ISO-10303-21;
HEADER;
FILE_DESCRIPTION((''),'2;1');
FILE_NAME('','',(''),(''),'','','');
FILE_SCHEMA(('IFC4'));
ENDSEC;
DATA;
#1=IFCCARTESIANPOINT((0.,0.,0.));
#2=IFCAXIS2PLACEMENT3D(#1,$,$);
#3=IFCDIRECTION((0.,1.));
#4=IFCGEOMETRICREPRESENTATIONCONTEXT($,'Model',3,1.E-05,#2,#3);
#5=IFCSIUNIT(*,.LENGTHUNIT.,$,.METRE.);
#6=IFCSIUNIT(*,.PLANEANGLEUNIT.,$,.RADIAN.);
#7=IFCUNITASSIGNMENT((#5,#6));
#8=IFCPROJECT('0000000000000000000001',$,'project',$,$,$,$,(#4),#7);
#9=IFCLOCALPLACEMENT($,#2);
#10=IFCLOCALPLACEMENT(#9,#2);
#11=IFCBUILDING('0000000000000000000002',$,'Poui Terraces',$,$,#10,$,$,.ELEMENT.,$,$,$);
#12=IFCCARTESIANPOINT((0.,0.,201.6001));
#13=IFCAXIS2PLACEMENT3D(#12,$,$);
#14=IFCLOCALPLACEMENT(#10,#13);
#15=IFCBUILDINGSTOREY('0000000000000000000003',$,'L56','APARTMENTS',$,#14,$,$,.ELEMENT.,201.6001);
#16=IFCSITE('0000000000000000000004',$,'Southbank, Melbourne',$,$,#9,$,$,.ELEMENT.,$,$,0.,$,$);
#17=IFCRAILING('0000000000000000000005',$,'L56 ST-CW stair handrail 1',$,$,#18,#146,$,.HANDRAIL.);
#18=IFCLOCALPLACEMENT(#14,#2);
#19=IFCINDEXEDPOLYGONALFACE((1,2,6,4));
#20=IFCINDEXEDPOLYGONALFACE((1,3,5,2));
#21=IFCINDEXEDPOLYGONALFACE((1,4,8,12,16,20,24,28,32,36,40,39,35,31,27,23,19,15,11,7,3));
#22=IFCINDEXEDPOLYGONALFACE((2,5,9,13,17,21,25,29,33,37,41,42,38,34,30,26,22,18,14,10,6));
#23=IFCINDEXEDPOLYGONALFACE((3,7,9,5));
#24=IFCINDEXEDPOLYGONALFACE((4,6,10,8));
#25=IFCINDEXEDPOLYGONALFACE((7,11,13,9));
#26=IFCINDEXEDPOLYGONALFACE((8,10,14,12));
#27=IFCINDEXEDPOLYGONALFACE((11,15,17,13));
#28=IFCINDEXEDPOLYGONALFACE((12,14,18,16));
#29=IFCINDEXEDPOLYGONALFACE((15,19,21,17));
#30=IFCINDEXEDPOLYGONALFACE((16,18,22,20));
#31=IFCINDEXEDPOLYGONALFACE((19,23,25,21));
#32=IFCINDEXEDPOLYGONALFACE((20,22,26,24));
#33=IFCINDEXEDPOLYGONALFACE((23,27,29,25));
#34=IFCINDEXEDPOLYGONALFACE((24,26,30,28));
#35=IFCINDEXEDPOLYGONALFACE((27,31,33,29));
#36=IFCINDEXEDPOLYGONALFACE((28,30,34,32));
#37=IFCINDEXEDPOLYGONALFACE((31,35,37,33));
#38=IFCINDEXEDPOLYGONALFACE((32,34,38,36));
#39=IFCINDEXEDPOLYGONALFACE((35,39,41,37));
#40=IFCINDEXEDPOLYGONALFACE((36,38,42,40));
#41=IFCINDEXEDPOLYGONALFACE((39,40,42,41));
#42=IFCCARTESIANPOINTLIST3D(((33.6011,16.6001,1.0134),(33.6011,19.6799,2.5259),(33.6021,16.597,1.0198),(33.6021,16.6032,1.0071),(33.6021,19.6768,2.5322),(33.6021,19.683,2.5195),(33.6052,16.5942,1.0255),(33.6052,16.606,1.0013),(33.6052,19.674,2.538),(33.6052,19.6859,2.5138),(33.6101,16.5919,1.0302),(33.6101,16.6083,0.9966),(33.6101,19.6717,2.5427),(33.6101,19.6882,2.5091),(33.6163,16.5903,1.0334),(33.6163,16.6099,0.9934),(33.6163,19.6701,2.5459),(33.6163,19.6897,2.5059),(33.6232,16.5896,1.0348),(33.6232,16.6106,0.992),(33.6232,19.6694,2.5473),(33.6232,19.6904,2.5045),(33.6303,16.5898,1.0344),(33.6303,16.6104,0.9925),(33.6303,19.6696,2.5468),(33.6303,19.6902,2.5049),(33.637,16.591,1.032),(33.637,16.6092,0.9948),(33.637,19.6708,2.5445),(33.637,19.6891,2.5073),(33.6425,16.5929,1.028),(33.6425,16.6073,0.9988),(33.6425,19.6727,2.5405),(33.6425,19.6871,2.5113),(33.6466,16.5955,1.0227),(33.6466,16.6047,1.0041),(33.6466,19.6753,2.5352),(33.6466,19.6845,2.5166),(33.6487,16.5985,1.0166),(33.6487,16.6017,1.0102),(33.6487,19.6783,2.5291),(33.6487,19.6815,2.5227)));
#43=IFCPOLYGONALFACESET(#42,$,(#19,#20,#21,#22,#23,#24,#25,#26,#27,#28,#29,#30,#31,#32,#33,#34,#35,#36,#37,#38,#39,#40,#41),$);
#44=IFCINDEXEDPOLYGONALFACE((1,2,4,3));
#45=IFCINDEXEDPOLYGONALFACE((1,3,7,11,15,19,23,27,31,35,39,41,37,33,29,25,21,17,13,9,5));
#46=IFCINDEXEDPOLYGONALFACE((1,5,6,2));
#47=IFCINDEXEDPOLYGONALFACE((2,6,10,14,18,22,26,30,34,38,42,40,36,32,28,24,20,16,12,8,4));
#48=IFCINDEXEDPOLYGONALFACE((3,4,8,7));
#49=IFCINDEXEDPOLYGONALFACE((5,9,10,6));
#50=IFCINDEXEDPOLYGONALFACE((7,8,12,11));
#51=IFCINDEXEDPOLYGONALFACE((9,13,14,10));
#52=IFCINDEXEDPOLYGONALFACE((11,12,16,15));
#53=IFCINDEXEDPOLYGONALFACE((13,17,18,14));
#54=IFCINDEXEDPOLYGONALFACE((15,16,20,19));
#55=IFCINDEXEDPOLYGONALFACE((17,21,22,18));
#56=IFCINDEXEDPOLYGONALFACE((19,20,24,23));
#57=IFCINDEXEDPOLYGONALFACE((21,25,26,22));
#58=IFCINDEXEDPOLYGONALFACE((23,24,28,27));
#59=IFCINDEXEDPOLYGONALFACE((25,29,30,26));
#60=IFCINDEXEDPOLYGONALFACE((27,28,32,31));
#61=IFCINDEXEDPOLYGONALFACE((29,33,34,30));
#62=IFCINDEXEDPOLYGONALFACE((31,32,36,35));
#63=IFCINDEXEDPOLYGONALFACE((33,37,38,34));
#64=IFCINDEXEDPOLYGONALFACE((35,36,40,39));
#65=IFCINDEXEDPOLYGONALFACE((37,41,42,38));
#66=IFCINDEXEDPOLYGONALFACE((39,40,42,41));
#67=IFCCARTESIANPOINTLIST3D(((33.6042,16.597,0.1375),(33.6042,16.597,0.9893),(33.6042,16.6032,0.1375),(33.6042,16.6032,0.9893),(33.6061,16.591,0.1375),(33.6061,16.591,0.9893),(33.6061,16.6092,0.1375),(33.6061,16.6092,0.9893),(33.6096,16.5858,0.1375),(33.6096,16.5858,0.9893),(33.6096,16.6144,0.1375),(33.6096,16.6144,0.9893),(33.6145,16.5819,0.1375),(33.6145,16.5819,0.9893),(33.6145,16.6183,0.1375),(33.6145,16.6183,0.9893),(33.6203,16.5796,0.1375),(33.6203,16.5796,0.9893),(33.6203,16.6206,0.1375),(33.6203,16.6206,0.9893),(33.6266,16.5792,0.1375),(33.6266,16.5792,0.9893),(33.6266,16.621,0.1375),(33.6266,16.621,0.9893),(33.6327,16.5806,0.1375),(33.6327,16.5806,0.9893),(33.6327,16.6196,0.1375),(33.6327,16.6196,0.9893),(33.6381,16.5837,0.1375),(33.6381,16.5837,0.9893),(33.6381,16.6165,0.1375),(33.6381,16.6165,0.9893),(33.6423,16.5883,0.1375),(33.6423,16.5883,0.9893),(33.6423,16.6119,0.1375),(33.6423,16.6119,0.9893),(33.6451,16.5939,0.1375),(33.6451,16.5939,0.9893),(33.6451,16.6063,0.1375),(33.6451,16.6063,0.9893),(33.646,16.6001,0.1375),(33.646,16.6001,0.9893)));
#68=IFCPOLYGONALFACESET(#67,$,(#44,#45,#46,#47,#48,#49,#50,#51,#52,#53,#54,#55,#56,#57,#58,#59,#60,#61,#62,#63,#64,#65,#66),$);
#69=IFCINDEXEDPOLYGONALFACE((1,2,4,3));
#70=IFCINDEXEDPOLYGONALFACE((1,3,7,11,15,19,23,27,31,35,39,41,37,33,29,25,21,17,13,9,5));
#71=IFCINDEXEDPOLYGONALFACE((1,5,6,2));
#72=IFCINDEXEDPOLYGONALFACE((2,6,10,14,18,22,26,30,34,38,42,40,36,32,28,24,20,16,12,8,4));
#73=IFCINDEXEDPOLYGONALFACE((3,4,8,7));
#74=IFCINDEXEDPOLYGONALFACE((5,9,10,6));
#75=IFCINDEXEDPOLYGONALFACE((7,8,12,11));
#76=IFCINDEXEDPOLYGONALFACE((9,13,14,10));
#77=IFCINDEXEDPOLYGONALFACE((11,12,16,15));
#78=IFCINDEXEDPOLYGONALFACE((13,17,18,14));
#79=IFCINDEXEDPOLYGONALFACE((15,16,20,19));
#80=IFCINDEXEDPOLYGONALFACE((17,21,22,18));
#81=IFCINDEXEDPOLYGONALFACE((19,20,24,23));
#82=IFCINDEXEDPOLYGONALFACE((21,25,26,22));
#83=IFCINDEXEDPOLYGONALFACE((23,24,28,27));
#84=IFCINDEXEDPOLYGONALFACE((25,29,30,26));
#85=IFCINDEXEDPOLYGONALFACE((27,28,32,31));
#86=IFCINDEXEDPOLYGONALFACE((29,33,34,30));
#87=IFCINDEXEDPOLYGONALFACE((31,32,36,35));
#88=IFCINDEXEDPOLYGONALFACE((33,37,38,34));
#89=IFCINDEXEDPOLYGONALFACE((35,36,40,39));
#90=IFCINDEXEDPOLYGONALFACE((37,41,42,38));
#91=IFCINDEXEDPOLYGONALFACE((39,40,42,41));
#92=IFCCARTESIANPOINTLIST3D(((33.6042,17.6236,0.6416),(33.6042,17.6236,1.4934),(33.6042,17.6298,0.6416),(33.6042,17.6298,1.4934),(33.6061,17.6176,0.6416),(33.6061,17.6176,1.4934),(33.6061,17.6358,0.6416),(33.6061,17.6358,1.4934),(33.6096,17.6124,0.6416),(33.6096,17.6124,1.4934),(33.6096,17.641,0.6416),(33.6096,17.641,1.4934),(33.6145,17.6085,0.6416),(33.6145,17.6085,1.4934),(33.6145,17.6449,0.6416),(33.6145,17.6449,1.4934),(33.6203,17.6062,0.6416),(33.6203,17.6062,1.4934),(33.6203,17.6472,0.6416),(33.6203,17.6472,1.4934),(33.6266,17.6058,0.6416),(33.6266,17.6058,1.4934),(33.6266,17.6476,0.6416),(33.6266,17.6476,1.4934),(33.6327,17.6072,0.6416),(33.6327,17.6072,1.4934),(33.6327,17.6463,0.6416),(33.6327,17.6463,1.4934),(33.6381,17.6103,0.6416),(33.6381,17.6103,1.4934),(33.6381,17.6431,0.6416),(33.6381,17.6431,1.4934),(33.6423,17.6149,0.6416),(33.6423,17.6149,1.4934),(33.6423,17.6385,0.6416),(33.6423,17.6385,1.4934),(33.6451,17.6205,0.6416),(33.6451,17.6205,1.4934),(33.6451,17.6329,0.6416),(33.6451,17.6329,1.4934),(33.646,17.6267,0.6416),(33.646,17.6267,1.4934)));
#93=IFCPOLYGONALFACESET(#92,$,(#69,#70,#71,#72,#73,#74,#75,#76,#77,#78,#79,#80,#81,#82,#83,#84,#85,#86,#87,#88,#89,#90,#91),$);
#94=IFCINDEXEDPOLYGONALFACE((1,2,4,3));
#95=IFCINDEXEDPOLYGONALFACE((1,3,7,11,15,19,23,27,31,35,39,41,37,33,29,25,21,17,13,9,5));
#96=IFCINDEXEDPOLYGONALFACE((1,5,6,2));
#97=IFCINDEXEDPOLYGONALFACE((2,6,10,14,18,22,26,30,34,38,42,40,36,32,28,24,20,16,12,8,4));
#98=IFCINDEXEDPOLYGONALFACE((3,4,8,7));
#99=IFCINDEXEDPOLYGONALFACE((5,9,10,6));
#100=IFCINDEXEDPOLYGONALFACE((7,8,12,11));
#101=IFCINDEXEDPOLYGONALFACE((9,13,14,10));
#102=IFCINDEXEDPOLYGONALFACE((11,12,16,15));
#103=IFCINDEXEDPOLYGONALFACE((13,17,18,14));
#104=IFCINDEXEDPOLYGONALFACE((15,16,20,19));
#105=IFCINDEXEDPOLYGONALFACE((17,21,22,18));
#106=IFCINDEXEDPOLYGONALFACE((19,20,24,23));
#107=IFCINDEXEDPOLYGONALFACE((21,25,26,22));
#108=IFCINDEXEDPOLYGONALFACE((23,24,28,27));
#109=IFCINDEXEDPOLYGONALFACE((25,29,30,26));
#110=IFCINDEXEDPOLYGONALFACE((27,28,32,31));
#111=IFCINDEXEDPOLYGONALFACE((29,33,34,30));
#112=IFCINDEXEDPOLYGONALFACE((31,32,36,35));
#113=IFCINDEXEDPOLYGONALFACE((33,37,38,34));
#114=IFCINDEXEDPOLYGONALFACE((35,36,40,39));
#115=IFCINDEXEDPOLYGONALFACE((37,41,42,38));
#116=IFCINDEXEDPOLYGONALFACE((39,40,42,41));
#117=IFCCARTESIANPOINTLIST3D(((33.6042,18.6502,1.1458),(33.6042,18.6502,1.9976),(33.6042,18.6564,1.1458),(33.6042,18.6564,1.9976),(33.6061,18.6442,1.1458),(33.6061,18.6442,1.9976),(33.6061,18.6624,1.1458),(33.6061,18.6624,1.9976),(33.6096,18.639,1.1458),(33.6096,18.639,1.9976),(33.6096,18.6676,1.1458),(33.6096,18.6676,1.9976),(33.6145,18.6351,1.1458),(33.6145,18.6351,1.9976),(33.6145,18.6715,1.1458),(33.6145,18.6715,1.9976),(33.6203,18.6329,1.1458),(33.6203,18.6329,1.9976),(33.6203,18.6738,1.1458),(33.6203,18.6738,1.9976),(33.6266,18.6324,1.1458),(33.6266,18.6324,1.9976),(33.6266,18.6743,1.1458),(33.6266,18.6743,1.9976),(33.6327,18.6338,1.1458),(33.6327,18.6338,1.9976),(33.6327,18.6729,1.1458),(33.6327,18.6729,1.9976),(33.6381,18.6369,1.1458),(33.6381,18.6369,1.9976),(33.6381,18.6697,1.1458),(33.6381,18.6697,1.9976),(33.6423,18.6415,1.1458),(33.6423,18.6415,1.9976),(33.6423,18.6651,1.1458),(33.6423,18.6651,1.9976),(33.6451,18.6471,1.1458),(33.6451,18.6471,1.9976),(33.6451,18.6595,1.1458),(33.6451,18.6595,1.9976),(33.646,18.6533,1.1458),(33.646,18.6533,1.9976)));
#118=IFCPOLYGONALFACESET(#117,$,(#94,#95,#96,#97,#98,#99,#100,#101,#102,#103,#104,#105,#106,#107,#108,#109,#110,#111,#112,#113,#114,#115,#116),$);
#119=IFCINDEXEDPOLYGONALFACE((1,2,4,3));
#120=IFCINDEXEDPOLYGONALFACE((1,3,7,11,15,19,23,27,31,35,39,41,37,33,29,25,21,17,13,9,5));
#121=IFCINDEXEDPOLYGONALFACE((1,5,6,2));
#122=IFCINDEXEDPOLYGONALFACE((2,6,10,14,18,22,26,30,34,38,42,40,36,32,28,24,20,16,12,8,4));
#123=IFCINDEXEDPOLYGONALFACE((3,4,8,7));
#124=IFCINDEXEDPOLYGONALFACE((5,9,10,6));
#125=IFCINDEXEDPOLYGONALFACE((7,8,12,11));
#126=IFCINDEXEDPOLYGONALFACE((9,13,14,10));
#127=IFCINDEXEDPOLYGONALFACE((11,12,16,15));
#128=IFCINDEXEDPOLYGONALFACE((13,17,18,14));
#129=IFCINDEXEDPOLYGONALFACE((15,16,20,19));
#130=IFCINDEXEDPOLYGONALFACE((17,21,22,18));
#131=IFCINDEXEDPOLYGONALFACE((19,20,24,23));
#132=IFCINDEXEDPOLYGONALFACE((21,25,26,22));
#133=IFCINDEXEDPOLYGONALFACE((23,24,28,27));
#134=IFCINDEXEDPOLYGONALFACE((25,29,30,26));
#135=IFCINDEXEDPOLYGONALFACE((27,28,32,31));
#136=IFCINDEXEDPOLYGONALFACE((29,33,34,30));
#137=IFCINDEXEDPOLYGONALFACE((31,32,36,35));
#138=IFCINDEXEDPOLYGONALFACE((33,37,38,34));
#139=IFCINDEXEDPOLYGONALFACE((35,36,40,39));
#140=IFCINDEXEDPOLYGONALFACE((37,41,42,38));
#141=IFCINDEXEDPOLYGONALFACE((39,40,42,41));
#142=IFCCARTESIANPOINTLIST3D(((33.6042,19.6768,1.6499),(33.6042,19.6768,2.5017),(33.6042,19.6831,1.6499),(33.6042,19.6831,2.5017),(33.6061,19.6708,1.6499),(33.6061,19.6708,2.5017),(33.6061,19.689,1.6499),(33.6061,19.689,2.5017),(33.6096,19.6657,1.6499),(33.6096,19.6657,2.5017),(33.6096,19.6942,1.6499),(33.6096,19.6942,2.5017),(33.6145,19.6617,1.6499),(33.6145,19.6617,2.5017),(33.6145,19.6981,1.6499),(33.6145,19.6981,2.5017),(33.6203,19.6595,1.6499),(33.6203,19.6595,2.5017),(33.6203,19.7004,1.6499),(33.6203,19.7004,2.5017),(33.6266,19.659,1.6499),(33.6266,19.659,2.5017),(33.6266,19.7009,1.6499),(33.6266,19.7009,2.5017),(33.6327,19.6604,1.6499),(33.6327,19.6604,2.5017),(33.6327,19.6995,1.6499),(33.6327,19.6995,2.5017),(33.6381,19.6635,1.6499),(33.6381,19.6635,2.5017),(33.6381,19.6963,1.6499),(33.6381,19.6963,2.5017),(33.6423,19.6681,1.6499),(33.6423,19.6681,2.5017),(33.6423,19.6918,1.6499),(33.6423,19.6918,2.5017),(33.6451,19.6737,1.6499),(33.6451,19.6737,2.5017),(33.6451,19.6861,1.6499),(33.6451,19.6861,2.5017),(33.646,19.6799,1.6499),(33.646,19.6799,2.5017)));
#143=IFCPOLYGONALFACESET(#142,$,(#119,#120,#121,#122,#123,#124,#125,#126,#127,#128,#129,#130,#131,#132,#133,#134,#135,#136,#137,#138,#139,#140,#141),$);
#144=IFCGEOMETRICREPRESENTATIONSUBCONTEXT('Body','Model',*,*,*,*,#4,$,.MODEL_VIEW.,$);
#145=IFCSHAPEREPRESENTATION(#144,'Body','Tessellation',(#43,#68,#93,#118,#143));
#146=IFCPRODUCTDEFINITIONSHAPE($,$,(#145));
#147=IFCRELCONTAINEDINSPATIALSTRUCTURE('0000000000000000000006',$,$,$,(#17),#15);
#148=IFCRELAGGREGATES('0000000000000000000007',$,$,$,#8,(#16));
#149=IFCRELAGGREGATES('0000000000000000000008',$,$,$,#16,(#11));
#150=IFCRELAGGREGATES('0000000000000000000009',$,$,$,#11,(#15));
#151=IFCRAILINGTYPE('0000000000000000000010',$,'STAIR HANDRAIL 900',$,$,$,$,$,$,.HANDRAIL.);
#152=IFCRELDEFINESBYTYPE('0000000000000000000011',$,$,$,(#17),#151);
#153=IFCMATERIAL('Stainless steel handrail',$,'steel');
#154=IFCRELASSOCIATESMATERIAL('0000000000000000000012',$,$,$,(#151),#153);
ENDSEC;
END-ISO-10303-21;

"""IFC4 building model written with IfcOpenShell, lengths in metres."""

from ifc_helpers import new_model, si_unit, direction, frame, origin, origin_2d, place, context, subcontext, project, spatial, circle, extrude, material, type_object, element, save


model = new_model("IFC4")

# Units and contexts
model_context = context("Model", 3, precision=1e-05, world=origin(), true_north=direction((0.0, 1.0)))
body_context = subcontext(model_context, "Body", "Model", "MODEL_VIEW")
ifc_project = project(units=[si_unit("LENGTHUNIT", "METRE"), si_unit("PLANEANGLEUNIT", "RADIAN")], contexts=[model_context])

# Site, building, storey
site_placement = place(None, origin())
site = spatial("IfcSite", under=ifc_project, at=site_placement, Name="Southbank, Melbourne", CompositionType="ELEMENT", RefElevation=0.0)
building_placement = place(site_placement, origin())
building = spatial("IfcBuilding", under=site, at=building_placement, Name="Poui Terraces", CompositionType="ELEMENT")
storey_placement = place(building_placement, frame((0.0, 0.0, 201.6001)))
storey = spatial("IfcBuildingStorey", under=building, at=storey_placement, Name="L56", Description="APARTMENTS", CompositionType="ELEMENT", Elevation=201.6001)

# Railing
ifc_material_1 = material(Name="Stainless steel handrail", Category="steel")
railing_type_1 = type_object("IfcRailingType", Name="STAIR HANDRAIL 900", PredefinedType="HANDRAIL", material=ifc_material_1)
railing_1_placement = place(storey_placement, frame((33.625, 16.6001, 0.1375)))
element("IfcRailing", 1, at=railing_1_placement, inside=storey, type_object=railing_type_1, Name="L56 ST-CW stair handrail 1", PredefinedType="HANDRAIL", context=body_context, shape_type="SweptSolid", body=[
    extrude(circle(Radius=0.0239, at=origin_2d()), frame((0.0, 0.0, 0.876), z_axis=(0.0, 0.897606, 0.440798), x_axis=(-1.0, 0.0, 0.0)), (0.0, 0.0, 1.0), 3.4312),
    extrude(circle(Radius=0.021, at=origin_2d()), origin(), (0.0, 0.0, 1.0), 0.8518),
    extrude(circle(Radius=0.021, at=origin_2d()), frame((0.0, 1.0266, 0.5042)), (0.0, 0.0, 1.0), 0.8518),
    extrude(circle(Radius=0.021, at=origin_2d()), frame((0.0, 2.0532, 1.0083)), (0.0, 0.0, 1.0), 0.8518),
    extrude(circle(Radius=0.021, at=origin_2d()), frame((0.0, 3.0798, 1.5125)), (0.0, 0.0, 1.0), 0.8518),
])

save(model, "model.ifc")
